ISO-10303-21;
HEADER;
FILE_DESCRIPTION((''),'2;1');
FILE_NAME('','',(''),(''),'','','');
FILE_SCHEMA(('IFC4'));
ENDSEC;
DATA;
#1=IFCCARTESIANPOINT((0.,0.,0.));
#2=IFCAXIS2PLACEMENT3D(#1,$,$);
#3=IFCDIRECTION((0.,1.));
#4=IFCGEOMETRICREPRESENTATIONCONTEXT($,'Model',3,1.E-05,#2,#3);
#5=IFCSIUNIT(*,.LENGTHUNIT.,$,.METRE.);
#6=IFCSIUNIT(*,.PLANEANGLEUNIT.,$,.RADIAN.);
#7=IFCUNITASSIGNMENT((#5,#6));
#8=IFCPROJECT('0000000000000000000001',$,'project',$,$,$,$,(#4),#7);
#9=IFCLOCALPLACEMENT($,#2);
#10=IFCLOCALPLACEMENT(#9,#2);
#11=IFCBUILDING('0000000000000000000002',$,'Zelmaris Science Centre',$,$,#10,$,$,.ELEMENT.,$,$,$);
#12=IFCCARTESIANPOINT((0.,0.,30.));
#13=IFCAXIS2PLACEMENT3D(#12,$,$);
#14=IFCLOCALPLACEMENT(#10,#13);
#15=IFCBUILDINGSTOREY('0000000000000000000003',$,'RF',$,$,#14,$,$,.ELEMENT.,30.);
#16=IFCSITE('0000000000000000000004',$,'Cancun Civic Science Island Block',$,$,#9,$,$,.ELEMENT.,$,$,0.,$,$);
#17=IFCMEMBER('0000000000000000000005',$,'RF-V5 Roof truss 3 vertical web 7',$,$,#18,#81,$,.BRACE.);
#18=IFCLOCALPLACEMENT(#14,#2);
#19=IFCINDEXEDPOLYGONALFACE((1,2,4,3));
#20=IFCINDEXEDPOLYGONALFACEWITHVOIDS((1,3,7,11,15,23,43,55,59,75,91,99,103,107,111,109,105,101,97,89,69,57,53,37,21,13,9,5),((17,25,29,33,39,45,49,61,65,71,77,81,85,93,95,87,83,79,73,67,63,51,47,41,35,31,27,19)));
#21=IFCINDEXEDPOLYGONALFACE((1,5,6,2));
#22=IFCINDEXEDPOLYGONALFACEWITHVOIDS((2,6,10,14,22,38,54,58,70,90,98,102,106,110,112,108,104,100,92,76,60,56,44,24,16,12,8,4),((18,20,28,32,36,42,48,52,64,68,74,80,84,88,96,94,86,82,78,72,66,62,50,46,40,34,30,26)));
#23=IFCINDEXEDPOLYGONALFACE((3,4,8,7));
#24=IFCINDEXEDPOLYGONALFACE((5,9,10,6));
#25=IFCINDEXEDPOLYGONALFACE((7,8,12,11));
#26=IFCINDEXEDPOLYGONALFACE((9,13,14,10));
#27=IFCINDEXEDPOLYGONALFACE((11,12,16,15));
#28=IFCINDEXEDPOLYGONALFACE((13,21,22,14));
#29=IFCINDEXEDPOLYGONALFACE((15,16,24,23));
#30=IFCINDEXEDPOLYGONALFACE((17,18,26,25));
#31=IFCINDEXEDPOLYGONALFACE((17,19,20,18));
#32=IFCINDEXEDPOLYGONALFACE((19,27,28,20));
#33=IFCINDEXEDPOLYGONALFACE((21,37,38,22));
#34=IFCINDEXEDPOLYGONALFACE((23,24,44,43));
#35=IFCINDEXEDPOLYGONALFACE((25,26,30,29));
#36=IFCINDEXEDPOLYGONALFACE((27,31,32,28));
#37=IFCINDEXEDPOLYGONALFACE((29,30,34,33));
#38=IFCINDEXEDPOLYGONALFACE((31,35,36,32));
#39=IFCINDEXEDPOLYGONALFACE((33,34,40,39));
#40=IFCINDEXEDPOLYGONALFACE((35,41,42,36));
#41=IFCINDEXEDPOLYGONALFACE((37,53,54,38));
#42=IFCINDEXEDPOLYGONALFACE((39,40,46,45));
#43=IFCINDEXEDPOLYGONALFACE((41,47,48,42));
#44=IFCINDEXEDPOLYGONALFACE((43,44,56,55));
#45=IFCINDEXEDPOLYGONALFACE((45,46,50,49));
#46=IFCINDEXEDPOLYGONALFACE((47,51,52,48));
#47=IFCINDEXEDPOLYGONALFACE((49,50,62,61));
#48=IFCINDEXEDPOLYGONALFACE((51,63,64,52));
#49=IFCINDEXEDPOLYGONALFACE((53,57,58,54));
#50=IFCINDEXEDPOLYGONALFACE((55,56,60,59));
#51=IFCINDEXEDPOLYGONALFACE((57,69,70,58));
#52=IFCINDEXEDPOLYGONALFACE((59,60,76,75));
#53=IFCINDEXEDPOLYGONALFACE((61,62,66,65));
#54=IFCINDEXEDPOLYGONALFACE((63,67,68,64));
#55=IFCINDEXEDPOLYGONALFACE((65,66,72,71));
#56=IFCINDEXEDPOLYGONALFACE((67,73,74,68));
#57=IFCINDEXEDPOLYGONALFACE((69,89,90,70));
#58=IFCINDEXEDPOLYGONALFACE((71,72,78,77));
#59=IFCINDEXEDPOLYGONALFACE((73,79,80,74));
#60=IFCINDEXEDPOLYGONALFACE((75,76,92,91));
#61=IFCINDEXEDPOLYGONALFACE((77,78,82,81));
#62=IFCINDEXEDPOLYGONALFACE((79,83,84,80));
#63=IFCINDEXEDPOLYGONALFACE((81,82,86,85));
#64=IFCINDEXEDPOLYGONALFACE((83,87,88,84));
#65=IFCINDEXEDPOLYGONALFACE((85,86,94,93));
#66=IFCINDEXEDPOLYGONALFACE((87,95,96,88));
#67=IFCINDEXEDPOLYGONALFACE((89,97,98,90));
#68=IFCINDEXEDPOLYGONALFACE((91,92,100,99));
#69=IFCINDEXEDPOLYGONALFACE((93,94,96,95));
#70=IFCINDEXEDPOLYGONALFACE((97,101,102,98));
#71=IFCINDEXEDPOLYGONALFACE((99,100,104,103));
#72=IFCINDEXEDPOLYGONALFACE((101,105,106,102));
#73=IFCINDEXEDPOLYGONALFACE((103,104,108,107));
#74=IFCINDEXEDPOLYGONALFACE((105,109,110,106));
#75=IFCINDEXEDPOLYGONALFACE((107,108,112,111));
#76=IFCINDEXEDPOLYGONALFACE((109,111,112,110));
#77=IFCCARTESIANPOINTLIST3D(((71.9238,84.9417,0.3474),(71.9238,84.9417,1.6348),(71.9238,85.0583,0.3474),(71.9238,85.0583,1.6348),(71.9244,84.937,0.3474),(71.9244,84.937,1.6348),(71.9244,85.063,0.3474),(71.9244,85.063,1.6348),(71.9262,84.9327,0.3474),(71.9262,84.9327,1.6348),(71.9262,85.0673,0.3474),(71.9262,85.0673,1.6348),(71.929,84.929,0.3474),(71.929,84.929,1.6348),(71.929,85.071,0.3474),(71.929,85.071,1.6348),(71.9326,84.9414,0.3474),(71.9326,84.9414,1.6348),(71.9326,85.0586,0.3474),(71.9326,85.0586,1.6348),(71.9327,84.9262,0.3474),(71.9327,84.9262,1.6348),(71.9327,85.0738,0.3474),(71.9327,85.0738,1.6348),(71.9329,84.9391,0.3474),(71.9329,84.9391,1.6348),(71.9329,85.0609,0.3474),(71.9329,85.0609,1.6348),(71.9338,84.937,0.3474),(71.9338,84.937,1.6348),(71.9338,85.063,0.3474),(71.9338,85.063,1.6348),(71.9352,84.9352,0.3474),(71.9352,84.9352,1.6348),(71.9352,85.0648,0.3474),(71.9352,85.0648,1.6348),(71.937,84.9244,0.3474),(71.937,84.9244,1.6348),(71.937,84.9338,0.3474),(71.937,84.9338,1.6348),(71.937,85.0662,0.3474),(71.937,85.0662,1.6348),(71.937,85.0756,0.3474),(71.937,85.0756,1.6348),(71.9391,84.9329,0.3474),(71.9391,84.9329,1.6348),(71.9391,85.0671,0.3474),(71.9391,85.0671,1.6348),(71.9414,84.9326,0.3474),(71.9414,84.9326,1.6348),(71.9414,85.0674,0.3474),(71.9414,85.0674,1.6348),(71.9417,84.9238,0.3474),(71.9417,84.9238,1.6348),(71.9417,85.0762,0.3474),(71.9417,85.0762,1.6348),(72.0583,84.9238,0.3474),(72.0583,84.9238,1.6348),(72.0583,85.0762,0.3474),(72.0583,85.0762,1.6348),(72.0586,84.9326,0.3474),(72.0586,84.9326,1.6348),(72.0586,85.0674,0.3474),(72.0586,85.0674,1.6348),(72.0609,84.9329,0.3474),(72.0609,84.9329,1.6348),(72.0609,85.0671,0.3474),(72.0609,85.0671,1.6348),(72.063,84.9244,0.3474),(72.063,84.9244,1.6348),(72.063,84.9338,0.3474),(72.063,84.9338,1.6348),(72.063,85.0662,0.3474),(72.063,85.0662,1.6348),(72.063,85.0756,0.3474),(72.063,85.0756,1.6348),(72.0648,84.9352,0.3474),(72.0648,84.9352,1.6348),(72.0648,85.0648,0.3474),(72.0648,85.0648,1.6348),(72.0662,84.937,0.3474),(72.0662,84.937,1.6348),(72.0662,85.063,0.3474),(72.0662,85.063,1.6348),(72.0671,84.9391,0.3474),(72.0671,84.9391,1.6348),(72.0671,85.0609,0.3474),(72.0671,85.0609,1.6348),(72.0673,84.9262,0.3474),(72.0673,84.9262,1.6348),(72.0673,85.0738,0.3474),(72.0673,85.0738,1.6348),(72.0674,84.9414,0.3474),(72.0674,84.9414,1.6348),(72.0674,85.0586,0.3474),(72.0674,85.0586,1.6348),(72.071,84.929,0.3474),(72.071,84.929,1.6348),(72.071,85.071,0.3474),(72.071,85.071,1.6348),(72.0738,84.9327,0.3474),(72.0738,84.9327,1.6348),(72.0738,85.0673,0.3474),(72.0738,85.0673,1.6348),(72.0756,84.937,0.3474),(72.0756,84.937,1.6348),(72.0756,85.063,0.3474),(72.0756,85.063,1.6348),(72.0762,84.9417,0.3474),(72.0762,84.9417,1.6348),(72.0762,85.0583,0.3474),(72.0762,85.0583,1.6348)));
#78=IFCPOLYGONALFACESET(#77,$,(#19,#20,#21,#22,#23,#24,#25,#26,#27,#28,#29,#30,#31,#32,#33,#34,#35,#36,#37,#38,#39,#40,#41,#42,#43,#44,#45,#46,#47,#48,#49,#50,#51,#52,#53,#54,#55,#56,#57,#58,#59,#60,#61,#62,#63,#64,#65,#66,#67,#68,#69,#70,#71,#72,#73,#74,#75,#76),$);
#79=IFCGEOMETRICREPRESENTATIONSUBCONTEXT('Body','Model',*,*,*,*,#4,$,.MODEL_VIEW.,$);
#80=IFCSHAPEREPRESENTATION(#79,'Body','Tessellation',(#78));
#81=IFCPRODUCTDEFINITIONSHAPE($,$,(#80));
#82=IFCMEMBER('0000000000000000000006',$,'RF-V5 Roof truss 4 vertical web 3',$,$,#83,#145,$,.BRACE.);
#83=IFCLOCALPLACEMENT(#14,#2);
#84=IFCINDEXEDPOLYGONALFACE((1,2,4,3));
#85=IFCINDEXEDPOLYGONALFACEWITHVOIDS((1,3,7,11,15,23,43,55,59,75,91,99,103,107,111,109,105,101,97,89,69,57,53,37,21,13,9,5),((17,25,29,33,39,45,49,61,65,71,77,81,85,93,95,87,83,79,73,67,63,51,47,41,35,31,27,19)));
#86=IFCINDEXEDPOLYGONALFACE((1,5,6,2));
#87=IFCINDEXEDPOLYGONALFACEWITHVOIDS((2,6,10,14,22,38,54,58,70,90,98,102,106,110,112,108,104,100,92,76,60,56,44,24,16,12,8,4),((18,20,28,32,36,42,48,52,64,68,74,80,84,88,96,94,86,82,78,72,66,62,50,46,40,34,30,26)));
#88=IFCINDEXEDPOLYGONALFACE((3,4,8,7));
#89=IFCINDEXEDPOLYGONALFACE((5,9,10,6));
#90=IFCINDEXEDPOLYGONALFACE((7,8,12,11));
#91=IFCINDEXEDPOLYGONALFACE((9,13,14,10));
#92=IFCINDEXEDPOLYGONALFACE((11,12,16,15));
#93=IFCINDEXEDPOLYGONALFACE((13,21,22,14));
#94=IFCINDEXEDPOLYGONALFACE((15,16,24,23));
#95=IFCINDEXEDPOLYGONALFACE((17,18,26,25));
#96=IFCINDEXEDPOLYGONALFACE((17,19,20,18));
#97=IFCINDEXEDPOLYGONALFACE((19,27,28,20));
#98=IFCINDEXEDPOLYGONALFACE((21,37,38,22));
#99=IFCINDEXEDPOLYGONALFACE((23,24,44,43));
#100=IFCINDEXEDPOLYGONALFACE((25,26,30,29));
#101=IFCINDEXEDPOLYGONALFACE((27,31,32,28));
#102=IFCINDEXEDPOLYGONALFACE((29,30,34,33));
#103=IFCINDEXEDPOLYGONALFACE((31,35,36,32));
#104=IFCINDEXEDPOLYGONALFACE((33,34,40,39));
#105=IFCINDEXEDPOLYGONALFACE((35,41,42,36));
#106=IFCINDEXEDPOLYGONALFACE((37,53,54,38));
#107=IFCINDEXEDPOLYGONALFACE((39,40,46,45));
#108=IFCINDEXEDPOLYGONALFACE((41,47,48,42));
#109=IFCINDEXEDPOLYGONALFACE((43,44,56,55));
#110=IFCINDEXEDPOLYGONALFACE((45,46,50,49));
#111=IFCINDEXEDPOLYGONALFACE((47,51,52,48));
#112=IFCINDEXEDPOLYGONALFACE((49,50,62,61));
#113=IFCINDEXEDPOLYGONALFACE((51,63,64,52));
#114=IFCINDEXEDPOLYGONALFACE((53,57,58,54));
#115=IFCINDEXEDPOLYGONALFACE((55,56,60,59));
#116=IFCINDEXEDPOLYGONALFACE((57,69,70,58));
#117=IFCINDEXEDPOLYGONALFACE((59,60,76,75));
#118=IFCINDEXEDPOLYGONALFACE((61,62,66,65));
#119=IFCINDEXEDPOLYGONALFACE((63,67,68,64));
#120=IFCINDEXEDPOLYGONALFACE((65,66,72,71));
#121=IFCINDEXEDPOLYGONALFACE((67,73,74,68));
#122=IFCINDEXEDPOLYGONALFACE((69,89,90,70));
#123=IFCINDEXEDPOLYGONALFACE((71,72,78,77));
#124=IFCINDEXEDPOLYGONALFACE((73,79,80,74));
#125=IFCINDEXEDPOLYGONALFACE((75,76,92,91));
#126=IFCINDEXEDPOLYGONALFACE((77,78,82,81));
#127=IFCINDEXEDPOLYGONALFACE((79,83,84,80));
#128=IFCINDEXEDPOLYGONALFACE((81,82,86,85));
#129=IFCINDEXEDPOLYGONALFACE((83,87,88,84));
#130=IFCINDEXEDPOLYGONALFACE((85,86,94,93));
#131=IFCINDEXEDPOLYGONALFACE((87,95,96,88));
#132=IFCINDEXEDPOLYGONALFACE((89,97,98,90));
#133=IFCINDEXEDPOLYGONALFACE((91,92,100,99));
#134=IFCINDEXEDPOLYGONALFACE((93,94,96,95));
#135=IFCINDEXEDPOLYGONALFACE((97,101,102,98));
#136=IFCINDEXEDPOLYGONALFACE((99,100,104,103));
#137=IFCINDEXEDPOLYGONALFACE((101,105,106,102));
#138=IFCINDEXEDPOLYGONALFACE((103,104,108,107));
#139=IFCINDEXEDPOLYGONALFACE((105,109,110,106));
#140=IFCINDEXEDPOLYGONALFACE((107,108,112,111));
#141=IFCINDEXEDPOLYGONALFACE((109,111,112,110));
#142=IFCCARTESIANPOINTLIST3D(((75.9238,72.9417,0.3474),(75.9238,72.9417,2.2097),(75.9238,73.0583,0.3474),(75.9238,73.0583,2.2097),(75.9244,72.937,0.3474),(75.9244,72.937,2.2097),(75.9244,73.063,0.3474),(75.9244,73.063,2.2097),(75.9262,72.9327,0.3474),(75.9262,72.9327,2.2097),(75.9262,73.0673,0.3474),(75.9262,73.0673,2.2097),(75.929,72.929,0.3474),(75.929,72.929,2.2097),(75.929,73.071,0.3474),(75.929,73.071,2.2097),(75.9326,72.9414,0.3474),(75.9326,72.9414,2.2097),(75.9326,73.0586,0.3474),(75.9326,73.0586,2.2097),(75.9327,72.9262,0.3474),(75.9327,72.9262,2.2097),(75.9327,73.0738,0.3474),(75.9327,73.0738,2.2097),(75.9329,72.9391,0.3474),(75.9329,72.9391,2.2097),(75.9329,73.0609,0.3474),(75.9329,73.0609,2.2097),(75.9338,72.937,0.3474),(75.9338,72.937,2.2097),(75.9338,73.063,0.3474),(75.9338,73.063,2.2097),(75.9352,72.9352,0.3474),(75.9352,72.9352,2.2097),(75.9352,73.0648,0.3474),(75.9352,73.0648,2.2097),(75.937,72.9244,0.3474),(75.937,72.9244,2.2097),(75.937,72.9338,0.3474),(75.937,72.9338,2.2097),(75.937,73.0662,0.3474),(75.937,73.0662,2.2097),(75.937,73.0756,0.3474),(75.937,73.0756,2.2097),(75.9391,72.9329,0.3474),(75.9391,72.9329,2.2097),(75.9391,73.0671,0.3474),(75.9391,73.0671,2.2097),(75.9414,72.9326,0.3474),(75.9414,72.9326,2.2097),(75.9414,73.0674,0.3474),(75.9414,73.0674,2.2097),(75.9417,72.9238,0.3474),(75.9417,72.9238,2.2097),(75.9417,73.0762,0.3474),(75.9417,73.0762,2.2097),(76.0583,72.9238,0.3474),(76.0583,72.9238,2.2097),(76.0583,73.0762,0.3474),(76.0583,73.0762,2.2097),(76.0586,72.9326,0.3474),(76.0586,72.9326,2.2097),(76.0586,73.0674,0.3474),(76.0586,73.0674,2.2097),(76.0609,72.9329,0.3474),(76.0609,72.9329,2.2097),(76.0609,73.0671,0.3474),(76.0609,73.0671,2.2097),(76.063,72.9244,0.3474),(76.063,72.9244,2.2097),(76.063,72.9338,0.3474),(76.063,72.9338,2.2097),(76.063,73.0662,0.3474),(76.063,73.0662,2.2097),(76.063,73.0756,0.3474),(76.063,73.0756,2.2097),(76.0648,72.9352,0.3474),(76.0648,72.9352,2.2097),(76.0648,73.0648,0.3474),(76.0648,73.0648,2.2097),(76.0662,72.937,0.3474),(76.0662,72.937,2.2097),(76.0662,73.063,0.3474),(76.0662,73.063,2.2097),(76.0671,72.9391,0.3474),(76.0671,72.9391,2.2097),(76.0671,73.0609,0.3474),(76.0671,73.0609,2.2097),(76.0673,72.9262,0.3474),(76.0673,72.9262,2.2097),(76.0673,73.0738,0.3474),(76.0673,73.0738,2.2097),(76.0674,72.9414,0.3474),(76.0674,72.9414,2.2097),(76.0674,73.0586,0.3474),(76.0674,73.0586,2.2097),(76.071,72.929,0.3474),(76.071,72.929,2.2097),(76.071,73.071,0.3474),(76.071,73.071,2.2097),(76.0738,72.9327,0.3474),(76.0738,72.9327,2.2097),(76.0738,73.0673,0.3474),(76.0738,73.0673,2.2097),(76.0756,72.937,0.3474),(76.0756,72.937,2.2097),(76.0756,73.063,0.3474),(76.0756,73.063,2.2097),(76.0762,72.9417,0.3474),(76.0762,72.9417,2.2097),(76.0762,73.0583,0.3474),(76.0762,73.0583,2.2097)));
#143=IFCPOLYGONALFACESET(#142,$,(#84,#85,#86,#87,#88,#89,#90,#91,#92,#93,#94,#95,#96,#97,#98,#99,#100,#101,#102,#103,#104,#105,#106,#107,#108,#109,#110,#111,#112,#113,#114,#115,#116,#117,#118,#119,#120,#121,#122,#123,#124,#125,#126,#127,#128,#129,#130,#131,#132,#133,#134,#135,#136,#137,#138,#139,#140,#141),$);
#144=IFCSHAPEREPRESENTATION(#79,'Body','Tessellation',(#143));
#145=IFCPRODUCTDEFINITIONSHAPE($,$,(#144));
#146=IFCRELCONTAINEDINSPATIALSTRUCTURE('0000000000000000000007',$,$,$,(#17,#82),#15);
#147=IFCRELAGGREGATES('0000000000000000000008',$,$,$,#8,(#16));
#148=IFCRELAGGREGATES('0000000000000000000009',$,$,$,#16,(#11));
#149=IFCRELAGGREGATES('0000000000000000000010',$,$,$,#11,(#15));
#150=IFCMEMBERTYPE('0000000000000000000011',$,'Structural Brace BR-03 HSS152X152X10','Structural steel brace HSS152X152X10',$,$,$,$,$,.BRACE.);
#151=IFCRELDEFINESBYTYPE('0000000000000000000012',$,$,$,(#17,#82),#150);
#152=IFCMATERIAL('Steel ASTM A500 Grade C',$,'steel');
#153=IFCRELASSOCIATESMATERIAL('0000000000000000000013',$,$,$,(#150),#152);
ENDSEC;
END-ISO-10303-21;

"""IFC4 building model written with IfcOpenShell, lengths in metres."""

from ifc_helpers import new_model, si_unit, direction, frame, origin, origin_2d, place, context, subcontext, project, spatial, hollow_rectangle, extrude, material, material_profile, profile_set, type_object, element, save


model = new_model("IFC4")

# Units and contexts
model_context = context("Model", 3, precision=1e-05, world=origin(), true_north=direction((0.0, 1.0)))
body_context = subcontext(model_context, "Body", "Model", "MODEL_VIEW")
ifc_project = project(units=[si_unit("LENGTHUNIT", "METRE"), si_unit("PLANEANGLEUNIT", "RADIAN")], contexts=[model_context])

# Site, building, storey
site_placement = place(None, origin())
site = spatial("IfcSite", under=ifc_project, at=site_placement, Name="Cancun Civic Science Island Block", CompositionType="ELEMENT", RefElevation=0.0)
building_placement = place(site_placement, origin())
building = spatial("IfcBuilding", under=site, at=building_placement, Name="Zelmaris Science Centre", CompositionType="ELEMENT")
storey_placement = place(building_placement, frame((0.0, 0.0, 30.0)))
storey = spatial("IfcBuildingStorey", under=building, at=storey_placement, Name="RF", CompositionType="ELEMENT", Elevation=30.0)

# Shared definitions
ifc_material = material(Name="Steel ASTM A500 Grade C", Category="steel")

# Members
ifc_material_profile_1 = material_profile(ifc_material, hollow_rectangle(XDim=0.1523, YDim=0.1523, WallThickness=0.0088, InnerFilletRadius=0.0088, OuterFilletRadius=0.0178, at=origin_2d()), Name="HSS152X152X10")
ifc_profile_set_1 = profile_set([ifc_material_profile_1], Name="Steel ASTM A500 Grade C")
member_type_1 = type_object("IfcMemberType", Name="Structural Brace BR-03 HSS152X152X10", Description="Structural steel brace HSS152X152X10", PredefinedType="BRACE", material=ifc_profile_set_1)
member_1_placement = place(storey_placement, frame((72.0, 85.0, 0.3474), z_axis=(0.0, 0.0, 1.0), x_axis=(1.0, 0.0, 0.0)))
element("IfcMember", 1, at=member_1_placement, inside=storey, type_object=member_type_1, Name="RF-V5 Roof truss 3 vertical web 7", PredefinedType="BRACE", context=body_context, shape_type="SweptSolid", body=[
    extrude(hollow_rectangle(XDim=0.1523, YDim=0.1523, WallThickness=0.0088, InnerFilletRadius=0.0088, OuterFilletRadius=0.0178, at=origin_2d()), origin(), (0.0, 0.0, 1.0), 1.2874),
])
member_2_placement = place(storey_placement, frame((76.0, 73.0, 0.3474), z_axis=(0.0, 0.0, 1.0), x_axis=(1.0, 0.0, 0.0)))
element("IfcMember", 2, at=member_2_placement, inside=storey, type_object=member_type_1, Name="RF-V5 Roof truss 4 vertical web 3", PredefinedType="BRACE", context=body_context, shape_type="SweptSolid", body=[
    extrude(hollow_rectangle(XDim=0.1523, YDim=0.1523, WallThickness=0.0088, InnerFilletRadius=0.0088, OuterFilletRadius=0.0178, at=origin_2d()), origin(), (0.0, 0.0, 1.0), 1.8623),
])

save(model, "model.ifc")
